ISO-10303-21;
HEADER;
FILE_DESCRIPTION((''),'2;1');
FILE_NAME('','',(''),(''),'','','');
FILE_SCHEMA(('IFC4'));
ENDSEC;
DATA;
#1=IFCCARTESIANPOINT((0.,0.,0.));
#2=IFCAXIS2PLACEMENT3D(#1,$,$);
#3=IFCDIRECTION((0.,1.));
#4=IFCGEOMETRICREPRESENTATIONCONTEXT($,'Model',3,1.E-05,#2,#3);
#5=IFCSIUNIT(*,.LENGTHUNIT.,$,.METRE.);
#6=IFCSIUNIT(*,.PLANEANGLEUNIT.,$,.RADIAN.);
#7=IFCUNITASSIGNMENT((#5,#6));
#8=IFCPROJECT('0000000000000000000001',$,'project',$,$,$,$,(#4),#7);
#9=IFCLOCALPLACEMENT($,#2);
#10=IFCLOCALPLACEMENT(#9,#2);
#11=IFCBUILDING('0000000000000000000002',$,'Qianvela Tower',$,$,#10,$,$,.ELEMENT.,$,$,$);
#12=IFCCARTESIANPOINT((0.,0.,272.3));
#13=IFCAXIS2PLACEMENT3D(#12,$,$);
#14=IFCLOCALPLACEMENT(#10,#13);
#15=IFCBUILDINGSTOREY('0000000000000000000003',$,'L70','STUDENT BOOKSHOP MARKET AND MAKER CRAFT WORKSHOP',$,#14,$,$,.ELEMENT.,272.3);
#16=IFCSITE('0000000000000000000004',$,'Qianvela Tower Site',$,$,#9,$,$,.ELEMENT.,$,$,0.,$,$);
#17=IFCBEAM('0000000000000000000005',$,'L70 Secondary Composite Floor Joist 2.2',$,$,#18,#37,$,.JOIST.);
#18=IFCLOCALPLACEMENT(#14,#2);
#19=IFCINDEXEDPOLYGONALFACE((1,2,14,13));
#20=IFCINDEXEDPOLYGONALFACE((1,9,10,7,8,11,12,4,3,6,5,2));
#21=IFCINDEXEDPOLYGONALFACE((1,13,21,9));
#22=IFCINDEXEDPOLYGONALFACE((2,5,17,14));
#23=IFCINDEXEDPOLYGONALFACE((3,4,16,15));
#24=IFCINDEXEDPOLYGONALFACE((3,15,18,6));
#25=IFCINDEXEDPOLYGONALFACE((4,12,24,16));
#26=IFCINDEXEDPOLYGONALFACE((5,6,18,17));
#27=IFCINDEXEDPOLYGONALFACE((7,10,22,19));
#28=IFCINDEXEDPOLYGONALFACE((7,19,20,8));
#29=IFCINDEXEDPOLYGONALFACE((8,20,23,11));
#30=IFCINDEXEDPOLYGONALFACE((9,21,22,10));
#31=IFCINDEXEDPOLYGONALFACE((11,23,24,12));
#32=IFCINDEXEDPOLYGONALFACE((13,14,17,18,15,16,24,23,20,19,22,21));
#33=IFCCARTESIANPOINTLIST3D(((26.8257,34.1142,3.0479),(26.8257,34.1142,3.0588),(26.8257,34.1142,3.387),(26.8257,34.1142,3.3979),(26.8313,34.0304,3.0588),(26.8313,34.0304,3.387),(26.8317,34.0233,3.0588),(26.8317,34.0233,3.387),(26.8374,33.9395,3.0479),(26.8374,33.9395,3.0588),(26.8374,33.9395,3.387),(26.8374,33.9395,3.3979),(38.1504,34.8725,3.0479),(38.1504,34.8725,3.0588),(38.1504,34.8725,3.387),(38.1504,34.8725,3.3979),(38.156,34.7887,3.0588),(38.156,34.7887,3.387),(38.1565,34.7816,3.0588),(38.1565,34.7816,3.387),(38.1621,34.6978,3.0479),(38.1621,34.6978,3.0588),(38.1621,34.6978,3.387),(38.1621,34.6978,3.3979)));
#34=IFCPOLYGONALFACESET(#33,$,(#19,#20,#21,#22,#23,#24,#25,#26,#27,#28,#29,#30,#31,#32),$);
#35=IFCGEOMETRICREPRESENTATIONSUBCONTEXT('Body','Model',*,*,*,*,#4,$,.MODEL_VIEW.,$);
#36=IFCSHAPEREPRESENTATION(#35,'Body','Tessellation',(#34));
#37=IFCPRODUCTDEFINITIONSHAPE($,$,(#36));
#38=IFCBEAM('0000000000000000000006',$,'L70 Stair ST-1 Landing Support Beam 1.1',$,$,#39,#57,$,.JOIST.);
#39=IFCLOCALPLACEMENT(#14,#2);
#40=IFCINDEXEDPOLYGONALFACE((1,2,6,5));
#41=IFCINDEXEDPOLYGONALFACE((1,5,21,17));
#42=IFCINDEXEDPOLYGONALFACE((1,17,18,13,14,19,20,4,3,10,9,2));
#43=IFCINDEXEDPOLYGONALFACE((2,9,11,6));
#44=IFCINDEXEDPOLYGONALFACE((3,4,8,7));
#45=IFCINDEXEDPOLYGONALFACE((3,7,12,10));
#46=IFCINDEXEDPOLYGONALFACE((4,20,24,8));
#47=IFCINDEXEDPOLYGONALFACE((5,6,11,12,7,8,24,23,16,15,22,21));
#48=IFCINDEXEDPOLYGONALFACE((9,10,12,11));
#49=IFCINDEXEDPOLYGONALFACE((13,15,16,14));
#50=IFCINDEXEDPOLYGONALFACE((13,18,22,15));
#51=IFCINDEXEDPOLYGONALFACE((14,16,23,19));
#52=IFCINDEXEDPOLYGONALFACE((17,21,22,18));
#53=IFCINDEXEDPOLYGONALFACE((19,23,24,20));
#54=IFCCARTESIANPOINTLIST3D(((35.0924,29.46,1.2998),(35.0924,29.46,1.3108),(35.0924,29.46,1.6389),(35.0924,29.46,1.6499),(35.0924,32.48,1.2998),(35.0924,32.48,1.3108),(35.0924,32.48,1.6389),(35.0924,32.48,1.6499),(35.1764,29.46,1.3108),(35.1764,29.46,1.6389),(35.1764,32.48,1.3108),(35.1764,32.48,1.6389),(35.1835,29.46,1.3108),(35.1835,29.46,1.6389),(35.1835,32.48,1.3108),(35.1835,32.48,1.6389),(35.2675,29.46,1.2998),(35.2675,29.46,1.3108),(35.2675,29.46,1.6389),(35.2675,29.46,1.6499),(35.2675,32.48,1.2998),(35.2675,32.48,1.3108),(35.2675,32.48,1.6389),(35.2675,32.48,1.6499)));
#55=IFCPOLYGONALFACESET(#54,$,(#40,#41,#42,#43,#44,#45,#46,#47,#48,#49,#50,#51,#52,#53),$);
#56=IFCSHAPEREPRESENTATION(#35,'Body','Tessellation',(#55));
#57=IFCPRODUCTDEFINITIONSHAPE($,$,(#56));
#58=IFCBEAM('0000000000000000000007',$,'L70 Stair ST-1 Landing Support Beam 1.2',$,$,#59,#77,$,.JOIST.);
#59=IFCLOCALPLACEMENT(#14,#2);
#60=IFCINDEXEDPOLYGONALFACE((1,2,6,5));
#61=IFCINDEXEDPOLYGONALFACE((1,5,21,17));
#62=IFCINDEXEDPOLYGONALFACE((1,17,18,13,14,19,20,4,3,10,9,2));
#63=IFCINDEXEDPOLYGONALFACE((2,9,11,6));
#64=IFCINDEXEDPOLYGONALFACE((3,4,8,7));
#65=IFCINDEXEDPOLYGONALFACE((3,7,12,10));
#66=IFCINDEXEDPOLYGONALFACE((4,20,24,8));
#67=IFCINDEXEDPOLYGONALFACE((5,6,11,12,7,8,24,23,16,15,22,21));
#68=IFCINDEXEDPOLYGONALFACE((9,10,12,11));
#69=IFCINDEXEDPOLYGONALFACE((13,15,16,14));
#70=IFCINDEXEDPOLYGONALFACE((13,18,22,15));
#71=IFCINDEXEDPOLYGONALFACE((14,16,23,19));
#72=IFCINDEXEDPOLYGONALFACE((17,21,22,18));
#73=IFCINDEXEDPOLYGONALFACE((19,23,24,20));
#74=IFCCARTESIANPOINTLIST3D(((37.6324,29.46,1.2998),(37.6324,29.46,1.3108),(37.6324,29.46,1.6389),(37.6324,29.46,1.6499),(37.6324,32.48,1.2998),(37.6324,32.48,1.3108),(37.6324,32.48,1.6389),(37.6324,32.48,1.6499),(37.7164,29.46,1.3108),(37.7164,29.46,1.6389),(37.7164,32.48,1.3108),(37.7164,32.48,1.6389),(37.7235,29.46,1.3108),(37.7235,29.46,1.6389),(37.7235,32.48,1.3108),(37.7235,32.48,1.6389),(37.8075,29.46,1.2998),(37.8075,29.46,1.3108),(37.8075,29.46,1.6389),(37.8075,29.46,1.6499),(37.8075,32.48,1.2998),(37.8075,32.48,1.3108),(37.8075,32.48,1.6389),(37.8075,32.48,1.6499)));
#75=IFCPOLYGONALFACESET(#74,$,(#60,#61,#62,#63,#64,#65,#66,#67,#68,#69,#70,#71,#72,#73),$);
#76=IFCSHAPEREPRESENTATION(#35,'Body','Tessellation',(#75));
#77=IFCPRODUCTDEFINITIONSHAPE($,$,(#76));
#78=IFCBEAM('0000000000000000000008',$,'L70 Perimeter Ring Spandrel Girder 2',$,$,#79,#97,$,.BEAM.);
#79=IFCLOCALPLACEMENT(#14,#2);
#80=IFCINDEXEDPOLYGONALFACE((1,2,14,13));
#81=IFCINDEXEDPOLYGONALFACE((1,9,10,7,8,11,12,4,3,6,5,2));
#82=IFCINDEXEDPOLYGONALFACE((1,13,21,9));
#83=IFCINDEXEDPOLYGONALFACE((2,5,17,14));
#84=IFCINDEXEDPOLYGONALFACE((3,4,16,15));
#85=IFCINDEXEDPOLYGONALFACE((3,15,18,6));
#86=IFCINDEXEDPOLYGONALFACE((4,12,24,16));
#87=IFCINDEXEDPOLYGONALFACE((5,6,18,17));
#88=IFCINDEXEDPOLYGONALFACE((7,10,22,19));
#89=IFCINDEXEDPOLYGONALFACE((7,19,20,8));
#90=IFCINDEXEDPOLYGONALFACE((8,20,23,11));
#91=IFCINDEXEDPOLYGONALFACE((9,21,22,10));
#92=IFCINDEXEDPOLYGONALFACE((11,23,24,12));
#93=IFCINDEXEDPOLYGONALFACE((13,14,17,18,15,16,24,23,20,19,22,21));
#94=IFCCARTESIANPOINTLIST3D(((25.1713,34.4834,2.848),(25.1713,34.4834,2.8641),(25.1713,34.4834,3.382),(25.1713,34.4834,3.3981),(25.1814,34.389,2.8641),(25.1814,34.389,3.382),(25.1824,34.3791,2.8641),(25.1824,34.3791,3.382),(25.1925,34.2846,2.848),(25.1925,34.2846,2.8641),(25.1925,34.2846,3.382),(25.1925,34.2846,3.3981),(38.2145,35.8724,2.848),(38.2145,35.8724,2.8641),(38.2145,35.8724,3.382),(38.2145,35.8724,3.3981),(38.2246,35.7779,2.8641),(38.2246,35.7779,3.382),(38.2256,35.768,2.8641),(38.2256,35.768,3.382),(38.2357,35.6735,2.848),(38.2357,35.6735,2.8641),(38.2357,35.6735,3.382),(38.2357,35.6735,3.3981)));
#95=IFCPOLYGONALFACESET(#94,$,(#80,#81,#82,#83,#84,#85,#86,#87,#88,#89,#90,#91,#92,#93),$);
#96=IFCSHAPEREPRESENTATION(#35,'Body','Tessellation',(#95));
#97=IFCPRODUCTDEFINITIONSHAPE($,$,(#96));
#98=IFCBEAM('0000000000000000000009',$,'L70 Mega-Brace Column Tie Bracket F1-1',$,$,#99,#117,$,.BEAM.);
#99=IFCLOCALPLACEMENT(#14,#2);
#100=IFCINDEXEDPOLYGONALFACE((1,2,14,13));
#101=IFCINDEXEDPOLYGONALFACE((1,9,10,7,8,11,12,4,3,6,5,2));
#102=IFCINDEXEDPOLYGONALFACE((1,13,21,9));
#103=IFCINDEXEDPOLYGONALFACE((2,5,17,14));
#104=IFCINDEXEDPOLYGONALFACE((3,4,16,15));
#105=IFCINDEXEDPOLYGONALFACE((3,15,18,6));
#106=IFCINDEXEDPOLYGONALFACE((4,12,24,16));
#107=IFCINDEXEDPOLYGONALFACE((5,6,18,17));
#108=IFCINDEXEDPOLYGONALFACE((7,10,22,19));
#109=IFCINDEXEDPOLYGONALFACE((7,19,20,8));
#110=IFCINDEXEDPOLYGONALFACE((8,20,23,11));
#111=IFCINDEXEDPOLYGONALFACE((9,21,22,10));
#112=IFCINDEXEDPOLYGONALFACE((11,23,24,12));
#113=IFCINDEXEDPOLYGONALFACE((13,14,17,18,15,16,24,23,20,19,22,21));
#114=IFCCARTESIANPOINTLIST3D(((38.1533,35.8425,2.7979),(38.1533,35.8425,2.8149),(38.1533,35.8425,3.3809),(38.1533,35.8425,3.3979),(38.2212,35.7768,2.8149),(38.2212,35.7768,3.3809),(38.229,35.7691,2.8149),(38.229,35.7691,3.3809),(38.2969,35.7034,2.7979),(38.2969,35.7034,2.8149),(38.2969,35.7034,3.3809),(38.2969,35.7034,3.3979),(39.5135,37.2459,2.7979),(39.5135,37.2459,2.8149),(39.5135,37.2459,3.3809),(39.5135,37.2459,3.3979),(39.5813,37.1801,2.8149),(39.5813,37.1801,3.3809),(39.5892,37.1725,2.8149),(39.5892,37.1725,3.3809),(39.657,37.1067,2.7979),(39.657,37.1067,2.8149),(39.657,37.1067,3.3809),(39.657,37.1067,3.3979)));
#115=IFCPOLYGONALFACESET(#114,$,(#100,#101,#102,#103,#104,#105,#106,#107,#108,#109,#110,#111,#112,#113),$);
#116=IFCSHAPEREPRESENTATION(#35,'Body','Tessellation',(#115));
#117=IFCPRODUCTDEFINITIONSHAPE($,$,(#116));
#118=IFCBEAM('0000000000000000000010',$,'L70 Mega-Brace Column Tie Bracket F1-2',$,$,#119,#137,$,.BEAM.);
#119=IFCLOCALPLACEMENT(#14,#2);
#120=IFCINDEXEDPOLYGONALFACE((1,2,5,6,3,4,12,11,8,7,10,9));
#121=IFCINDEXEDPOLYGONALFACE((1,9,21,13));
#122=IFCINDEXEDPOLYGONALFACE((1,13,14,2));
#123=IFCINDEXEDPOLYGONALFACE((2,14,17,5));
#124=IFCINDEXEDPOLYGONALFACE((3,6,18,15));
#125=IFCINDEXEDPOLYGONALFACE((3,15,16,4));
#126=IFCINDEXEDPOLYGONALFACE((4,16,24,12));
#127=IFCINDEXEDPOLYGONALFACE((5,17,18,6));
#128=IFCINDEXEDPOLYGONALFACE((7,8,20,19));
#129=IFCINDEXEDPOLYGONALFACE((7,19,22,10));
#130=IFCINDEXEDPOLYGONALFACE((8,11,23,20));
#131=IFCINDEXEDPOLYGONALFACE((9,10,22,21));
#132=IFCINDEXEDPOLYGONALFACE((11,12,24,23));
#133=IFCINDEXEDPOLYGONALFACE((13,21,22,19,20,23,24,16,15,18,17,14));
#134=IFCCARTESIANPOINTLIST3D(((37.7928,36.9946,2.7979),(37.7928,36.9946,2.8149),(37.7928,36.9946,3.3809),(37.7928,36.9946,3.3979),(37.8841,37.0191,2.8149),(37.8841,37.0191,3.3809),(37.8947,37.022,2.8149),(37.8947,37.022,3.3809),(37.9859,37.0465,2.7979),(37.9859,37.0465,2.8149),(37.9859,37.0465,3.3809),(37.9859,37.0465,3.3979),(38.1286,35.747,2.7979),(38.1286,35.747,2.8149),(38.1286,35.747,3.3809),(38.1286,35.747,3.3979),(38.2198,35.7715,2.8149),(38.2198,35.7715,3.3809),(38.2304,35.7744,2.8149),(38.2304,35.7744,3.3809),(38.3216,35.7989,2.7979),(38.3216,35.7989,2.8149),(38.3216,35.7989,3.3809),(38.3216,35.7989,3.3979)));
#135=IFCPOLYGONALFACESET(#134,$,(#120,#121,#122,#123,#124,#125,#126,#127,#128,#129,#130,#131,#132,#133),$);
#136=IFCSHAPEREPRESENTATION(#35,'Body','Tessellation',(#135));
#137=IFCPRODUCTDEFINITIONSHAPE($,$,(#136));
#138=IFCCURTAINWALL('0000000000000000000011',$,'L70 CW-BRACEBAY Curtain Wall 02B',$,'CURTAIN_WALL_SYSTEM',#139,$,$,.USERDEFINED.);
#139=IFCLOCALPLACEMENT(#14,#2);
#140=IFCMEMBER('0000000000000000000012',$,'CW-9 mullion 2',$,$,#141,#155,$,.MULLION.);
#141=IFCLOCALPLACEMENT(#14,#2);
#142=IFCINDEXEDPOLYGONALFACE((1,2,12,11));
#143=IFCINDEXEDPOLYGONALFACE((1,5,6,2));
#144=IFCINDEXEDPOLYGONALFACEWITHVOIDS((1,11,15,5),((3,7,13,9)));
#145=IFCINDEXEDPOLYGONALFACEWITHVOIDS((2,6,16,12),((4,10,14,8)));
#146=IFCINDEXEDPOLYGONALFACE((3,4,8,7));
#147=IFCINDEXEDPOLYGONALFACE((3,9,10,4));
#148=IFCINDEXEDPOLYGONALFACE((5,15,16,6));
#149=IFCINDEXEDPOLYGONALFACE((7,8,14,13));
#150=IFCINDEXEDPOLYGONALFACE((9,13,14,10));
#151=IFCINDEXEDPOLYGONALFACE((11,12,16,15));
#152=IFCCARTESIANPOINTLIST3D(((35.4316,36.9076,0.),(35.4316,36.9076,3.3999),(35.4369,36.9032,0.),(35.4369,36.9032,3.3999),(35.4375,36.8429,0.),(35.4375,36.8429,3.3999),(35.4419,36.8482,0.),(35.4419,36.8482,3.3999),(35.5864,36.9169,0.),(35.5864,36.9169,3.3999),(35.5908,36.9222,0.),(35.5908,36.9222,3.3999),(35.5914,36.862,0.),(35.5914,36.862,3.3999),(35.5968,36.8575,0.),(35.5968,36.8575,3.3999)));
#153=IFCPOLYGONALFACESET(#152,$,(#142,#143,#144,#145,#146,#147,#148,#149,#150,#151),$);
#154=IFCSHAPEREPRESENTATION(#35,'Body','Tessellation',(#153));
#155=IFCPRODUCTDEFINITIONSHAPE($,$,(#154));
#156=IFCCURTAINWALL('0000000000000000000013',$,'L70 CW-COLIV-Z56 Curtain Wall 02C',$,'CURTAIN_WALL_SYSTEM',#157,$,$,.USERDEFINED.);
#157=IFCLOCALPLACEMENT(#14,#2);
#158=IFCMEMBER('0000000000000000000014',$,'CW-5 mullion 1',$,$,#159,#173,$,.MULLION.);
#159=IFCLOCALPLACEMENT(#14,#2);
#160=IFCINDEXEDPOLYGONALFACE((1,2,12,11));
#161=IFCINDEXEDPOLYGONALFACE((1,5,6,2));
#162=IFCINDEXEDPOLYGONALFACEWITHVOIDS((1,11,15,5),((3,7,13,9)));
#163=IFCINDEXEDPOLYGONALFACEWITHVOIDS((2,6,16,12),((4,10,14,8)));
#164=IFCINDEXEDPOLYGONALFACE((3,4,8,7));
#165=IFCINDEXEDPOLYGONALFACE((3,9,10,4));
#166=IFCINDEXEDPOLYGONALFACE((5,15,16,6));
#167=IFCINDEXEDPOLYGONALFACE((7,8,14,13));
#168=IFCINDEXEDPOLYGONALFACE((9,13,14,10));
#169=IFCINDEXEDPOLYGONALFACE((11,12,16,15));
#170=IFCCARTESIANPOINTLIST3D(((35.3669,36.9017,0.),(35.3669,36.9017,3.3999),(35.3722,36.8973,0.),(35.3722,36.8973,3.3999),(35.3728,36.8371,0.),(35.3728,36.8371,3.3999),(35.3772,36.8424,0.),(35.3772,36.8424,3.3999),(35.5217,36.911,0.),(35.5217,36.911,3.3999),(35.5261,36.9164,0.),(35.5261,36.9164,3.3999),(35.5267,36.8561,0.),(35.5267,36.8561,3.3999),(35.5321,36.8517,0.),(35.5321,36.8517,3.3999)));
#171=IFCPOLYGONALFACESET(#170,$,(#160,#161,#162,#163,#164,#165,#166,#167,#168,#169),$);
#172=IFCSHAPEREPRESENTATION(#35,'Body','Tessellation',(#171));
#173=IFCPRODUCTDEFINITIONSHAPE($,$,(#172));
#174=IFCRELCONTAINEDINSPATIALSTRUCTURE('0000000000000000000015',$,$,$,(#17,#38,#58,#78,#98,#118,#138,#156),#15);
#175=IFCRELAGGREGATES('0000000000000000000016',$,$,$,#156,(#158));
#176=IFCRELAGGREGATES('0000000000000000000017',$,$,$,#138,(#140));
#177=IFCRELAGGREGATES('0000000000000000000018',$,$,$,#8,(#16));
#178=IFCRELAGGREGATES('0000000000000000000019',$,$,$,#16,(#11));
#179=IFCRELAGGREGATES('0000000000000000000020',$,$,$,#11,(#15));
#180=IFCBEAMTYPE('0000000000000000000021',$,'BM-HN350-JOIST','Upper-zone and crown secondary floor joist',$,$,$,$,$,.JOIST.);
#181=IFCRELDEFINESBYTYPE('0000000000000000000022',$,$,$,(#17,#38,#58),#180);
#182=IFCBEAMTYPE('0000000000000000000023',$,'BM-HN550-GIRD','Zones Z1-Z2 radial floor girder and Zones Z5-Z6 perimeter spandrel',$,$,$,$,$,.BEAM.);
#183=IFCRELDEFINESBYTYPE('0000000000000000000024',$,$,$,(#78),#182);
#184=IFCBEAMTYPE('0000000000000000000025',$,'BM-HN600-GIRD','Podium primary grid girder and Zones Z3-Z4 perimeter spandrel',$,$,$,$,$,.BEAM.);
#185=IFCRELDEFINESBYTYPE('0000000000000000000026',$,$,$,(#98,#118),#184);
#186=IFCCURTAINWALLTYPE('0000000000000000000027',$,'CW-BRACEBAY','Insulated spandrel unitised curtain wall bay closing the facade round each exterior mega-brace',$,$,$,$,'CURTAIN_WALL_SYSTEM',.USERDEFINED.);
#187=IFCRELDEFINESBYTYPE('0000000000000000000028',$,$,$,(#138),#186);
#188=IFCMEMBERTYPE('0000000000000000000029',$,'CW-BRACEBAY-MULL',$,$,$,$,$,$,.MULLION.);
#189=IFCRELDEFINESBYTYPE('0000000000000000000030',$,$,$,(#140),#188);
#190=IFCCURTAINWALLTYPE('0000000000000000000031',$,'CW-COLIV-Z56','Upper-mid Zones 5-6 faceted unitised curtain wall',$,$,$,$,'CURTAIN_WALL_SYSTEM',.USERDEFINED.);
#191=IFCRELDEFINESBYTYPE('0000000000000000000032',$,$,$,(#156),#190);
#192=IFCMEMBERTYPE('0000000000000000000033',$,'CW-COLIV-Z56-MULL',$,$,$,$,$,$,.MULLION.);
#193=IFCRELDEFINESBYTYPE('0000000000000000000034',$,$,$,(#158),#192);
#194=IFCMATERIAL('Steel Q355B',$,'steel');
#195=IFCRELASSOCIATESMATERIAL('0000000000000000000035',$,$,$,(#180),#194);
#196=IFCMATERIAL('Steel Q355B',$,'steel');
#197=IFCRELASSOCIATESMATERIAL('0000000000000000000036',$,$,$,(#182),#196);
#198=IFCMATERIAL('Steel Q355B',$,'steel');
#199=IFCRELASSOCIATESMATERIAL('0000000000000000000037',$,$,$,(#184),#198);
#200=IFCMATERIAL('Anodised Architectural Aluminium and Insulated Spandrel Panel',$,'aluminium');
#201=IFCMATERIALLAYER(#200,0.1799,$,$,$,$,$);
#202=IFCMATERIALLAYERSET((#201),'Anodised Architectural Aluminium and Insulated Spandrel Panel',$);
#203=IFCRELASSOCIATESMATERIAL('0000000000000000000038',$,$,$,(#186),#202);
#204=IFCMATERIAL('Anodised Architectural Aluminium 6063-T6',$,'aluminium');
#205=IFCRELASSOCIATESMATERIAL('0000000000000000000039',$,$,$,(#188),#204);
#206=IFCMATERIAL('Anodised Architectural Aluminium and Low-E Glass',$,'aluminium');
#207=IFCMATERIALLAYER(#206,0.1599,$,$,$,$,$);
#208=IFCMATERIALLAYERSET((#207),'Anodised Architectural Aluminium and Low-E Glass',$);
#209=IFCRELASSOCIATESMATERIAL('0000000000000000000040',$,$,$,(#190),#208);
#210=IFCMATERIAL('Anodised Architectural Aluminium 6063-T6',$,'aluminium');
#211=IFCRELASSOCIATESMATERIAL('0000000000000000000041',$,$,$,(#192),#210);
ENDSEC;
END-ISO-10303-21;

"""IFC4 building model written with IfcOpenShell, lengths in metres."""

from ifc_helpers import new_model, si_unit, direction, frame, origin, origin_2d, place, context, subcontext, project, spatial, hollow_rectangle, i_section, extrude, material, layer, layer_set, material_profile, profile_set, type_object, element, aggregate, save


model = new_model("IFC4")

# Units and contexts
model_context = context("Model", 3, precision=1e-05, world=origin(), true_north=direction((0.0, 1.0)))
body_context = subcontext(model_context, "Body", "Model", "MODEL_VIEW")
ifc_project = project(units=[si_unit("LENGTHUNIT", "METRE"), si_unit("PLANEANGLEUNIT", "RADIAN")], contexts=[model_context])

# Site, building, storey
site_placement = place(None, origin())
site = spatial("IfcSite", under=ifc_project, at=site_placement, Name="Qianvela Tower Site", CompositionType="ELEMENT", RefElevation=0.0)
building_placement = place(site_placement, origin())
building = spatial("IfcBuilding", under=site, at=building_placement, Name="Qianvela Tower", CompositionType="ELEMENT")
storey_placement = place(building_placement, frame((0.0, 0.0, 272.3)))
storey = spatial("IfcBuildingStorey", under=building, at=storey_placement, Name="L70", Description="STUDENT BOOKSHOP MARKET AND MAKER CRAFT WORKSHOP", CompositionType="ELEMENT", Elevation=272.3)

# Beams
ifc_material_1 = material(Name="Steel Q355B", Category="steel")
ifc_material_profile_1 = material_profile(ifc_material_1, i_section(OverallWidth=0.175, OverallDepth=0.3501, WebThickness=0.0071, FlangeThickness=0.011, at=origin_2d()), Name="HN350x175x7x11")
ifc_profile_set_1 = profile_set([ifc_material_profile_1], Name="Steel Q355B")
beam_type_1 = type_object("IfcBeamType", Name="BM-HN350-JOIST", Description="Upper-zone and crown secondary floor joist", PredefinedType="JOIST", material=ifc_profile_set_1)
beam_1_placement = place(storey_placement, frame((38.1562, 34.7852, 3.2229), z_axis=(-0.997766, -0.06681, 0.0), x_axis=(0.06681, -0.997766, 0.0)))
element("IfcBeam", 1, at=beam_1_placement, inside=storey, type_object=beam_type_1, Name="L70 Secondary Composite Floor Joist 2.2", PredefinedType="JOIST", context=body_context, shape_type="SweptSolid", body=[
    extrude(i_section(OverallWidth=0.175, OverallDepth=0.3501, WebThickness=0.0071, FlangeThickness=0.011, at=origin_2d()), origin(), (0.0, 0.0, 1.0), 11.3501),
])
for number, where, z_axis, x_axis, name in (
    (2, (35.1799, 29.46, 1.4749), (0.0, 1.0, 0.0), (-1.0, 0.0, 0.0), "L70 Stair ST-1 Landing Support Beam 1.1"),
    (3, (37.72, 29.46, 1.4749), (0.0, 1.0, 0.0), (-1.0, 0.0, 0.0), "L70 Stair ST-1 Landing Support Beam 1.2"),
):
    element("IfcBeam", number, at=place(storey_placement, frame(where, z_axis=z_axis, x_axis=x_axis)), inside=storey, type_object=beam_type_1, Name=name, PredefinedType="JOIST", context=body_context, shape_type="SweptSolid", body=[
        extrude(i_section(OverallWidth=0.175, OverallDepth=0.3501, WebThickness=0.0071, FlangeThickness=0.011, at=origin_2d()), origin(), (0.0, 0.0, 1.0), 3.02),
    ])
ifc_material_2 = material(Name="Steel Q355B", Category="steel")
ifc_material_profile_2 = material_profile(ifc_material_2, i_section(OverallWidth=0.2, OverallDepth=0.55, WebThickness=0.01, FlangeThickness=0.0161, at=origin_2d()), Name="HN550x200x10x16")
ifc_profile_set_2 = profile_set([ifc_material_profile_2], Name="Steel Q355B")
beam_type_2 = type_object("IfcBeamType", Name="BM-HN550-GIRD", Description="Zones Z1-Z2 radial floor girder and Zones Z5-Z6 perimeter spandrel", PredefinedType="BEAM", material=ifc_profile_set_2)
beam_2_placement = place(storey_placement, frame((38.2251, 35.7729, 3.123), z_axis=(-0.994378, -0.105887, 0.0), x_axis=(0.105887, -0.994378, 0.0)))
element("IfcBeam", 4, at=beam_2_placement, inside=storey, type_object=beam_type_2, Name="L70 Perimeter Ring Spandrel Girder 2", PredefinedType="BEAM", context=body_context, shape_type="SweptSolid", body=[
    extrude(i_section(OverallWidth=0.2, OverallDepth=0.55, WebThickness=0.01, FlangeThickness=0.0161, at=origin_2d()), origin(), (0.0, 0.0, 1.0), 13.1169),
])
ifc_material_3 = material(Name="Steel Q355B", Category="steel")
ifc_material_profile_3 = material_profile(ifc_material_3, i_section(OverallWidth=0.2, OverallDepth=0.6001, WebThickness=0.011, FlangeThickness=0.0171, at=origin_2d()), Name="HN600x200x11x17")
ifc_profile_set_3 = profile_set([ifc_material_profile_3], Name="Steel Q355B")
beam_type_3 = type_object("IfcBeamType", Name="BM-HN600-GIRD", Description="Podium primary grid girder and Zones Z3-Z4 perimeter spandrel", PredefinedType="BEAM", material=ifc_profile_set_3)
beam_3_placement = place(storey_placement, frame((38.2251, 35.7729, 3.0979), z_axis=(0.695964, 0.718076, 0.0), x_axis=(-0.718076, 0.695964, 0.0)))
element("IfcBeam", 5, at=beam_3_placement, inside=storey, type_object=beam_type_3, Name="L70 Mega-Brace Column Tie Bracket F1-1", PredefinedType="BEAM", context=body_context, shape_type="SweptSolid", body=[
    extrude(i_section(OverallWidth=0.2, OverallDepth=0.6001, WebThickness=0.011, FlangeThickness=0.0171, at=origin_2d()), origin(), (0.0, 0.0, 1.0), 1.9543),
])
beam_4_placement = place(storey_placement, frame((38.2251, 35.7729, 3.0979), z_axis=(-0.259838, 0.965652, 0.0), x_axis=(-0.965652, -0.259838, 0.0)))
element("IfcBeam", 6, at=beam_4_placement, inside=storey, type_object=beam_type_3, Name="L70 Mega-Brace Column Tie Bracket F1-2", PredefinedType="BEAM", context=body_context, shape_type="SweptSolid", body=[
    extrude(i_section(OverallWidth=0.2, OverallDepth=0.6001, WebThickness=0.011, FlangeThickness=0.0171, at=origin_2d()), origin(), (0.0, 0.0, 1.0), 1.292),
])

# Curtain wall, member
ifc_material_4 = material(Name="Anodised Architectural Aluminium and Insulated Spandrel Panel", Category="aluminium")
ifc_layer_1 = layer(ifc_material_4, 0.1799)
ifc_layer_set_1 = layer_set([ifc_layer_1], Name="Anodised Architectural Aluminium and Insulated Spandrel Panel")
curtain_wall_type_1 = type_object("IfcCurtainWallType", Name="CW-BRACEBAY", Description="Insulated spandrel unitised curtain wall bay closing the facade round each exterior mega-brace", ElementType="CURTAIN_WALL_SYSTEM", PredefinedType="USERDEFINED", material=ifc_layer_set_1)
curtain_wall_1_placement = place(storey_placement, origin())
curtain_wall_1 = element("IfcCurtainWall", 7, at=curtain_wall_1_placement, inside=storey, type_object=curtain_wall_type_1, Name="L70 CW-BRACEBAY Curtain Wall 02B", ObjectType="CURTAIN_WALL_SYSTEM", PredefinedType="USERDEFINED")
ifc_material_5 = material(Name="Anodised Architectural Aluminium 6063-T6", Category="aluminium")
ifc_material_profile_4 = material_profile(ifc_material_5, hollow_rectangle(XDim=0.0649, YDim=0.1599, WallThickness=0.0049, at=origin_2d()), Name="ALU-MULL-65x160")
ifc_profile_set_4 = profile_set([ifc_material_profile_4], Name="Anodised Architectural Aluminium 6063-T6")
member_type_1 = type_object("IfcMemberType", Name="CW-BRACEBAY-MULL", PredefinedType="MULLION", material=ifc_profile_set_4)
member_1_placement = place(storey_placement, frame((35.5142, 36.8826, 0.0), z_axis=(0.0, 0.0, 1.0), x_axis=(0.091443, -0.99581, 0.0)))
member_1 = element("IfcMember", 8, at=member_1_placement, type_object=member_type_1, Name="CW-9 mullion 2", PredefinedType="MULLION", context=body_context, shape_type="SweptSolid", body=[
    extrude(hollow_rectangle(XDim=0.0649, YDim=0.1599, WallThickness=0.0049, at=origin_2d()), origin(), (0.0, 0.0, 1.0), 3.3999),
])

# Curtain wall, member
ifc_material_6 = material(Name="Anodised Architectural Aluminium and Low-E Glass", Category="aluminium")
ifc_layer_2 = layer(ifc_material_6, 0.1599)
ifc_layer_set_2 = layer_set([ifc_layer_2], Name="Anodised Architectural Aluminium and Low-E Glass")
curtain_wall_type_2 = type_object("IfcCurtainWallType", Name="CW-COLIV-Z56", Description="Upper-mid Zones 5-6 faceted unitised curtain wall", ElementType="CURTAIN_WALL_SYSTEM", PredefinedType="USERDEFINED", material=ifc_layer_set_2)
curtain_wall_2_placement = place(storey_placement, origin())
curtain_wall_2 = element("IfcCurtainWall", 9, at=curtain_wall_2_placement, inside=storey, type_object=curtain_wall_type_2, Name="L70 CW-COLIV-Z56 Curtain Wall 02C", ObjectType="CURTAIN_WALL_SYSTEM", PredefinedType="USERDEFINED")
ifc_material_7 = material(Name="Anodised Architectural Aluminium 6063-T6", Category="aluminium")
ifc_material_profile_5 = material_profile(ifc_material_7, hollow_rectangle(XDim=0.0649, YDim=0.1599, WallThickness=0.0049, at=origin_2d()), Name="ALU-MULL-65x160")
ifc_profile_set_5 = profile_set([ifc_material_profile_5], Name="Anodised Architectural Aluminium 6063-T6")
member_type_2 = type_object("IfcMemberType", Name="CW-COLIV-Z56-MULL", PredefinedType="MULLION", material=ifc_profile_set_5)
member_2_placement = place(storey_placement, frame((35.4495, 36.8767, 0.0), z_axis=(0.0, 0.0, 1.0), x_axis=(0.091448, -0.99581, 0.0)))
member_2 = element("IfcMember", 10, at=member_2_placement, type_object=member_type_2, Name="CW-5 mullion 1", PredefinedType="MULLION", context=body_context, shape_type="SweptSolid", body=[
    extrude(hollow_rectangle(XDim=0.0649, YDim=0.1599, WallThickness=0.0049, at=origin_2d()), origin(), (0.0, 0.0, 1.0), 3.3999),
])
aggregate(curtain_wall_2, [member_2])

aggregate(curtain_wall_1, [member_1])

save(model, "model.ifc")
